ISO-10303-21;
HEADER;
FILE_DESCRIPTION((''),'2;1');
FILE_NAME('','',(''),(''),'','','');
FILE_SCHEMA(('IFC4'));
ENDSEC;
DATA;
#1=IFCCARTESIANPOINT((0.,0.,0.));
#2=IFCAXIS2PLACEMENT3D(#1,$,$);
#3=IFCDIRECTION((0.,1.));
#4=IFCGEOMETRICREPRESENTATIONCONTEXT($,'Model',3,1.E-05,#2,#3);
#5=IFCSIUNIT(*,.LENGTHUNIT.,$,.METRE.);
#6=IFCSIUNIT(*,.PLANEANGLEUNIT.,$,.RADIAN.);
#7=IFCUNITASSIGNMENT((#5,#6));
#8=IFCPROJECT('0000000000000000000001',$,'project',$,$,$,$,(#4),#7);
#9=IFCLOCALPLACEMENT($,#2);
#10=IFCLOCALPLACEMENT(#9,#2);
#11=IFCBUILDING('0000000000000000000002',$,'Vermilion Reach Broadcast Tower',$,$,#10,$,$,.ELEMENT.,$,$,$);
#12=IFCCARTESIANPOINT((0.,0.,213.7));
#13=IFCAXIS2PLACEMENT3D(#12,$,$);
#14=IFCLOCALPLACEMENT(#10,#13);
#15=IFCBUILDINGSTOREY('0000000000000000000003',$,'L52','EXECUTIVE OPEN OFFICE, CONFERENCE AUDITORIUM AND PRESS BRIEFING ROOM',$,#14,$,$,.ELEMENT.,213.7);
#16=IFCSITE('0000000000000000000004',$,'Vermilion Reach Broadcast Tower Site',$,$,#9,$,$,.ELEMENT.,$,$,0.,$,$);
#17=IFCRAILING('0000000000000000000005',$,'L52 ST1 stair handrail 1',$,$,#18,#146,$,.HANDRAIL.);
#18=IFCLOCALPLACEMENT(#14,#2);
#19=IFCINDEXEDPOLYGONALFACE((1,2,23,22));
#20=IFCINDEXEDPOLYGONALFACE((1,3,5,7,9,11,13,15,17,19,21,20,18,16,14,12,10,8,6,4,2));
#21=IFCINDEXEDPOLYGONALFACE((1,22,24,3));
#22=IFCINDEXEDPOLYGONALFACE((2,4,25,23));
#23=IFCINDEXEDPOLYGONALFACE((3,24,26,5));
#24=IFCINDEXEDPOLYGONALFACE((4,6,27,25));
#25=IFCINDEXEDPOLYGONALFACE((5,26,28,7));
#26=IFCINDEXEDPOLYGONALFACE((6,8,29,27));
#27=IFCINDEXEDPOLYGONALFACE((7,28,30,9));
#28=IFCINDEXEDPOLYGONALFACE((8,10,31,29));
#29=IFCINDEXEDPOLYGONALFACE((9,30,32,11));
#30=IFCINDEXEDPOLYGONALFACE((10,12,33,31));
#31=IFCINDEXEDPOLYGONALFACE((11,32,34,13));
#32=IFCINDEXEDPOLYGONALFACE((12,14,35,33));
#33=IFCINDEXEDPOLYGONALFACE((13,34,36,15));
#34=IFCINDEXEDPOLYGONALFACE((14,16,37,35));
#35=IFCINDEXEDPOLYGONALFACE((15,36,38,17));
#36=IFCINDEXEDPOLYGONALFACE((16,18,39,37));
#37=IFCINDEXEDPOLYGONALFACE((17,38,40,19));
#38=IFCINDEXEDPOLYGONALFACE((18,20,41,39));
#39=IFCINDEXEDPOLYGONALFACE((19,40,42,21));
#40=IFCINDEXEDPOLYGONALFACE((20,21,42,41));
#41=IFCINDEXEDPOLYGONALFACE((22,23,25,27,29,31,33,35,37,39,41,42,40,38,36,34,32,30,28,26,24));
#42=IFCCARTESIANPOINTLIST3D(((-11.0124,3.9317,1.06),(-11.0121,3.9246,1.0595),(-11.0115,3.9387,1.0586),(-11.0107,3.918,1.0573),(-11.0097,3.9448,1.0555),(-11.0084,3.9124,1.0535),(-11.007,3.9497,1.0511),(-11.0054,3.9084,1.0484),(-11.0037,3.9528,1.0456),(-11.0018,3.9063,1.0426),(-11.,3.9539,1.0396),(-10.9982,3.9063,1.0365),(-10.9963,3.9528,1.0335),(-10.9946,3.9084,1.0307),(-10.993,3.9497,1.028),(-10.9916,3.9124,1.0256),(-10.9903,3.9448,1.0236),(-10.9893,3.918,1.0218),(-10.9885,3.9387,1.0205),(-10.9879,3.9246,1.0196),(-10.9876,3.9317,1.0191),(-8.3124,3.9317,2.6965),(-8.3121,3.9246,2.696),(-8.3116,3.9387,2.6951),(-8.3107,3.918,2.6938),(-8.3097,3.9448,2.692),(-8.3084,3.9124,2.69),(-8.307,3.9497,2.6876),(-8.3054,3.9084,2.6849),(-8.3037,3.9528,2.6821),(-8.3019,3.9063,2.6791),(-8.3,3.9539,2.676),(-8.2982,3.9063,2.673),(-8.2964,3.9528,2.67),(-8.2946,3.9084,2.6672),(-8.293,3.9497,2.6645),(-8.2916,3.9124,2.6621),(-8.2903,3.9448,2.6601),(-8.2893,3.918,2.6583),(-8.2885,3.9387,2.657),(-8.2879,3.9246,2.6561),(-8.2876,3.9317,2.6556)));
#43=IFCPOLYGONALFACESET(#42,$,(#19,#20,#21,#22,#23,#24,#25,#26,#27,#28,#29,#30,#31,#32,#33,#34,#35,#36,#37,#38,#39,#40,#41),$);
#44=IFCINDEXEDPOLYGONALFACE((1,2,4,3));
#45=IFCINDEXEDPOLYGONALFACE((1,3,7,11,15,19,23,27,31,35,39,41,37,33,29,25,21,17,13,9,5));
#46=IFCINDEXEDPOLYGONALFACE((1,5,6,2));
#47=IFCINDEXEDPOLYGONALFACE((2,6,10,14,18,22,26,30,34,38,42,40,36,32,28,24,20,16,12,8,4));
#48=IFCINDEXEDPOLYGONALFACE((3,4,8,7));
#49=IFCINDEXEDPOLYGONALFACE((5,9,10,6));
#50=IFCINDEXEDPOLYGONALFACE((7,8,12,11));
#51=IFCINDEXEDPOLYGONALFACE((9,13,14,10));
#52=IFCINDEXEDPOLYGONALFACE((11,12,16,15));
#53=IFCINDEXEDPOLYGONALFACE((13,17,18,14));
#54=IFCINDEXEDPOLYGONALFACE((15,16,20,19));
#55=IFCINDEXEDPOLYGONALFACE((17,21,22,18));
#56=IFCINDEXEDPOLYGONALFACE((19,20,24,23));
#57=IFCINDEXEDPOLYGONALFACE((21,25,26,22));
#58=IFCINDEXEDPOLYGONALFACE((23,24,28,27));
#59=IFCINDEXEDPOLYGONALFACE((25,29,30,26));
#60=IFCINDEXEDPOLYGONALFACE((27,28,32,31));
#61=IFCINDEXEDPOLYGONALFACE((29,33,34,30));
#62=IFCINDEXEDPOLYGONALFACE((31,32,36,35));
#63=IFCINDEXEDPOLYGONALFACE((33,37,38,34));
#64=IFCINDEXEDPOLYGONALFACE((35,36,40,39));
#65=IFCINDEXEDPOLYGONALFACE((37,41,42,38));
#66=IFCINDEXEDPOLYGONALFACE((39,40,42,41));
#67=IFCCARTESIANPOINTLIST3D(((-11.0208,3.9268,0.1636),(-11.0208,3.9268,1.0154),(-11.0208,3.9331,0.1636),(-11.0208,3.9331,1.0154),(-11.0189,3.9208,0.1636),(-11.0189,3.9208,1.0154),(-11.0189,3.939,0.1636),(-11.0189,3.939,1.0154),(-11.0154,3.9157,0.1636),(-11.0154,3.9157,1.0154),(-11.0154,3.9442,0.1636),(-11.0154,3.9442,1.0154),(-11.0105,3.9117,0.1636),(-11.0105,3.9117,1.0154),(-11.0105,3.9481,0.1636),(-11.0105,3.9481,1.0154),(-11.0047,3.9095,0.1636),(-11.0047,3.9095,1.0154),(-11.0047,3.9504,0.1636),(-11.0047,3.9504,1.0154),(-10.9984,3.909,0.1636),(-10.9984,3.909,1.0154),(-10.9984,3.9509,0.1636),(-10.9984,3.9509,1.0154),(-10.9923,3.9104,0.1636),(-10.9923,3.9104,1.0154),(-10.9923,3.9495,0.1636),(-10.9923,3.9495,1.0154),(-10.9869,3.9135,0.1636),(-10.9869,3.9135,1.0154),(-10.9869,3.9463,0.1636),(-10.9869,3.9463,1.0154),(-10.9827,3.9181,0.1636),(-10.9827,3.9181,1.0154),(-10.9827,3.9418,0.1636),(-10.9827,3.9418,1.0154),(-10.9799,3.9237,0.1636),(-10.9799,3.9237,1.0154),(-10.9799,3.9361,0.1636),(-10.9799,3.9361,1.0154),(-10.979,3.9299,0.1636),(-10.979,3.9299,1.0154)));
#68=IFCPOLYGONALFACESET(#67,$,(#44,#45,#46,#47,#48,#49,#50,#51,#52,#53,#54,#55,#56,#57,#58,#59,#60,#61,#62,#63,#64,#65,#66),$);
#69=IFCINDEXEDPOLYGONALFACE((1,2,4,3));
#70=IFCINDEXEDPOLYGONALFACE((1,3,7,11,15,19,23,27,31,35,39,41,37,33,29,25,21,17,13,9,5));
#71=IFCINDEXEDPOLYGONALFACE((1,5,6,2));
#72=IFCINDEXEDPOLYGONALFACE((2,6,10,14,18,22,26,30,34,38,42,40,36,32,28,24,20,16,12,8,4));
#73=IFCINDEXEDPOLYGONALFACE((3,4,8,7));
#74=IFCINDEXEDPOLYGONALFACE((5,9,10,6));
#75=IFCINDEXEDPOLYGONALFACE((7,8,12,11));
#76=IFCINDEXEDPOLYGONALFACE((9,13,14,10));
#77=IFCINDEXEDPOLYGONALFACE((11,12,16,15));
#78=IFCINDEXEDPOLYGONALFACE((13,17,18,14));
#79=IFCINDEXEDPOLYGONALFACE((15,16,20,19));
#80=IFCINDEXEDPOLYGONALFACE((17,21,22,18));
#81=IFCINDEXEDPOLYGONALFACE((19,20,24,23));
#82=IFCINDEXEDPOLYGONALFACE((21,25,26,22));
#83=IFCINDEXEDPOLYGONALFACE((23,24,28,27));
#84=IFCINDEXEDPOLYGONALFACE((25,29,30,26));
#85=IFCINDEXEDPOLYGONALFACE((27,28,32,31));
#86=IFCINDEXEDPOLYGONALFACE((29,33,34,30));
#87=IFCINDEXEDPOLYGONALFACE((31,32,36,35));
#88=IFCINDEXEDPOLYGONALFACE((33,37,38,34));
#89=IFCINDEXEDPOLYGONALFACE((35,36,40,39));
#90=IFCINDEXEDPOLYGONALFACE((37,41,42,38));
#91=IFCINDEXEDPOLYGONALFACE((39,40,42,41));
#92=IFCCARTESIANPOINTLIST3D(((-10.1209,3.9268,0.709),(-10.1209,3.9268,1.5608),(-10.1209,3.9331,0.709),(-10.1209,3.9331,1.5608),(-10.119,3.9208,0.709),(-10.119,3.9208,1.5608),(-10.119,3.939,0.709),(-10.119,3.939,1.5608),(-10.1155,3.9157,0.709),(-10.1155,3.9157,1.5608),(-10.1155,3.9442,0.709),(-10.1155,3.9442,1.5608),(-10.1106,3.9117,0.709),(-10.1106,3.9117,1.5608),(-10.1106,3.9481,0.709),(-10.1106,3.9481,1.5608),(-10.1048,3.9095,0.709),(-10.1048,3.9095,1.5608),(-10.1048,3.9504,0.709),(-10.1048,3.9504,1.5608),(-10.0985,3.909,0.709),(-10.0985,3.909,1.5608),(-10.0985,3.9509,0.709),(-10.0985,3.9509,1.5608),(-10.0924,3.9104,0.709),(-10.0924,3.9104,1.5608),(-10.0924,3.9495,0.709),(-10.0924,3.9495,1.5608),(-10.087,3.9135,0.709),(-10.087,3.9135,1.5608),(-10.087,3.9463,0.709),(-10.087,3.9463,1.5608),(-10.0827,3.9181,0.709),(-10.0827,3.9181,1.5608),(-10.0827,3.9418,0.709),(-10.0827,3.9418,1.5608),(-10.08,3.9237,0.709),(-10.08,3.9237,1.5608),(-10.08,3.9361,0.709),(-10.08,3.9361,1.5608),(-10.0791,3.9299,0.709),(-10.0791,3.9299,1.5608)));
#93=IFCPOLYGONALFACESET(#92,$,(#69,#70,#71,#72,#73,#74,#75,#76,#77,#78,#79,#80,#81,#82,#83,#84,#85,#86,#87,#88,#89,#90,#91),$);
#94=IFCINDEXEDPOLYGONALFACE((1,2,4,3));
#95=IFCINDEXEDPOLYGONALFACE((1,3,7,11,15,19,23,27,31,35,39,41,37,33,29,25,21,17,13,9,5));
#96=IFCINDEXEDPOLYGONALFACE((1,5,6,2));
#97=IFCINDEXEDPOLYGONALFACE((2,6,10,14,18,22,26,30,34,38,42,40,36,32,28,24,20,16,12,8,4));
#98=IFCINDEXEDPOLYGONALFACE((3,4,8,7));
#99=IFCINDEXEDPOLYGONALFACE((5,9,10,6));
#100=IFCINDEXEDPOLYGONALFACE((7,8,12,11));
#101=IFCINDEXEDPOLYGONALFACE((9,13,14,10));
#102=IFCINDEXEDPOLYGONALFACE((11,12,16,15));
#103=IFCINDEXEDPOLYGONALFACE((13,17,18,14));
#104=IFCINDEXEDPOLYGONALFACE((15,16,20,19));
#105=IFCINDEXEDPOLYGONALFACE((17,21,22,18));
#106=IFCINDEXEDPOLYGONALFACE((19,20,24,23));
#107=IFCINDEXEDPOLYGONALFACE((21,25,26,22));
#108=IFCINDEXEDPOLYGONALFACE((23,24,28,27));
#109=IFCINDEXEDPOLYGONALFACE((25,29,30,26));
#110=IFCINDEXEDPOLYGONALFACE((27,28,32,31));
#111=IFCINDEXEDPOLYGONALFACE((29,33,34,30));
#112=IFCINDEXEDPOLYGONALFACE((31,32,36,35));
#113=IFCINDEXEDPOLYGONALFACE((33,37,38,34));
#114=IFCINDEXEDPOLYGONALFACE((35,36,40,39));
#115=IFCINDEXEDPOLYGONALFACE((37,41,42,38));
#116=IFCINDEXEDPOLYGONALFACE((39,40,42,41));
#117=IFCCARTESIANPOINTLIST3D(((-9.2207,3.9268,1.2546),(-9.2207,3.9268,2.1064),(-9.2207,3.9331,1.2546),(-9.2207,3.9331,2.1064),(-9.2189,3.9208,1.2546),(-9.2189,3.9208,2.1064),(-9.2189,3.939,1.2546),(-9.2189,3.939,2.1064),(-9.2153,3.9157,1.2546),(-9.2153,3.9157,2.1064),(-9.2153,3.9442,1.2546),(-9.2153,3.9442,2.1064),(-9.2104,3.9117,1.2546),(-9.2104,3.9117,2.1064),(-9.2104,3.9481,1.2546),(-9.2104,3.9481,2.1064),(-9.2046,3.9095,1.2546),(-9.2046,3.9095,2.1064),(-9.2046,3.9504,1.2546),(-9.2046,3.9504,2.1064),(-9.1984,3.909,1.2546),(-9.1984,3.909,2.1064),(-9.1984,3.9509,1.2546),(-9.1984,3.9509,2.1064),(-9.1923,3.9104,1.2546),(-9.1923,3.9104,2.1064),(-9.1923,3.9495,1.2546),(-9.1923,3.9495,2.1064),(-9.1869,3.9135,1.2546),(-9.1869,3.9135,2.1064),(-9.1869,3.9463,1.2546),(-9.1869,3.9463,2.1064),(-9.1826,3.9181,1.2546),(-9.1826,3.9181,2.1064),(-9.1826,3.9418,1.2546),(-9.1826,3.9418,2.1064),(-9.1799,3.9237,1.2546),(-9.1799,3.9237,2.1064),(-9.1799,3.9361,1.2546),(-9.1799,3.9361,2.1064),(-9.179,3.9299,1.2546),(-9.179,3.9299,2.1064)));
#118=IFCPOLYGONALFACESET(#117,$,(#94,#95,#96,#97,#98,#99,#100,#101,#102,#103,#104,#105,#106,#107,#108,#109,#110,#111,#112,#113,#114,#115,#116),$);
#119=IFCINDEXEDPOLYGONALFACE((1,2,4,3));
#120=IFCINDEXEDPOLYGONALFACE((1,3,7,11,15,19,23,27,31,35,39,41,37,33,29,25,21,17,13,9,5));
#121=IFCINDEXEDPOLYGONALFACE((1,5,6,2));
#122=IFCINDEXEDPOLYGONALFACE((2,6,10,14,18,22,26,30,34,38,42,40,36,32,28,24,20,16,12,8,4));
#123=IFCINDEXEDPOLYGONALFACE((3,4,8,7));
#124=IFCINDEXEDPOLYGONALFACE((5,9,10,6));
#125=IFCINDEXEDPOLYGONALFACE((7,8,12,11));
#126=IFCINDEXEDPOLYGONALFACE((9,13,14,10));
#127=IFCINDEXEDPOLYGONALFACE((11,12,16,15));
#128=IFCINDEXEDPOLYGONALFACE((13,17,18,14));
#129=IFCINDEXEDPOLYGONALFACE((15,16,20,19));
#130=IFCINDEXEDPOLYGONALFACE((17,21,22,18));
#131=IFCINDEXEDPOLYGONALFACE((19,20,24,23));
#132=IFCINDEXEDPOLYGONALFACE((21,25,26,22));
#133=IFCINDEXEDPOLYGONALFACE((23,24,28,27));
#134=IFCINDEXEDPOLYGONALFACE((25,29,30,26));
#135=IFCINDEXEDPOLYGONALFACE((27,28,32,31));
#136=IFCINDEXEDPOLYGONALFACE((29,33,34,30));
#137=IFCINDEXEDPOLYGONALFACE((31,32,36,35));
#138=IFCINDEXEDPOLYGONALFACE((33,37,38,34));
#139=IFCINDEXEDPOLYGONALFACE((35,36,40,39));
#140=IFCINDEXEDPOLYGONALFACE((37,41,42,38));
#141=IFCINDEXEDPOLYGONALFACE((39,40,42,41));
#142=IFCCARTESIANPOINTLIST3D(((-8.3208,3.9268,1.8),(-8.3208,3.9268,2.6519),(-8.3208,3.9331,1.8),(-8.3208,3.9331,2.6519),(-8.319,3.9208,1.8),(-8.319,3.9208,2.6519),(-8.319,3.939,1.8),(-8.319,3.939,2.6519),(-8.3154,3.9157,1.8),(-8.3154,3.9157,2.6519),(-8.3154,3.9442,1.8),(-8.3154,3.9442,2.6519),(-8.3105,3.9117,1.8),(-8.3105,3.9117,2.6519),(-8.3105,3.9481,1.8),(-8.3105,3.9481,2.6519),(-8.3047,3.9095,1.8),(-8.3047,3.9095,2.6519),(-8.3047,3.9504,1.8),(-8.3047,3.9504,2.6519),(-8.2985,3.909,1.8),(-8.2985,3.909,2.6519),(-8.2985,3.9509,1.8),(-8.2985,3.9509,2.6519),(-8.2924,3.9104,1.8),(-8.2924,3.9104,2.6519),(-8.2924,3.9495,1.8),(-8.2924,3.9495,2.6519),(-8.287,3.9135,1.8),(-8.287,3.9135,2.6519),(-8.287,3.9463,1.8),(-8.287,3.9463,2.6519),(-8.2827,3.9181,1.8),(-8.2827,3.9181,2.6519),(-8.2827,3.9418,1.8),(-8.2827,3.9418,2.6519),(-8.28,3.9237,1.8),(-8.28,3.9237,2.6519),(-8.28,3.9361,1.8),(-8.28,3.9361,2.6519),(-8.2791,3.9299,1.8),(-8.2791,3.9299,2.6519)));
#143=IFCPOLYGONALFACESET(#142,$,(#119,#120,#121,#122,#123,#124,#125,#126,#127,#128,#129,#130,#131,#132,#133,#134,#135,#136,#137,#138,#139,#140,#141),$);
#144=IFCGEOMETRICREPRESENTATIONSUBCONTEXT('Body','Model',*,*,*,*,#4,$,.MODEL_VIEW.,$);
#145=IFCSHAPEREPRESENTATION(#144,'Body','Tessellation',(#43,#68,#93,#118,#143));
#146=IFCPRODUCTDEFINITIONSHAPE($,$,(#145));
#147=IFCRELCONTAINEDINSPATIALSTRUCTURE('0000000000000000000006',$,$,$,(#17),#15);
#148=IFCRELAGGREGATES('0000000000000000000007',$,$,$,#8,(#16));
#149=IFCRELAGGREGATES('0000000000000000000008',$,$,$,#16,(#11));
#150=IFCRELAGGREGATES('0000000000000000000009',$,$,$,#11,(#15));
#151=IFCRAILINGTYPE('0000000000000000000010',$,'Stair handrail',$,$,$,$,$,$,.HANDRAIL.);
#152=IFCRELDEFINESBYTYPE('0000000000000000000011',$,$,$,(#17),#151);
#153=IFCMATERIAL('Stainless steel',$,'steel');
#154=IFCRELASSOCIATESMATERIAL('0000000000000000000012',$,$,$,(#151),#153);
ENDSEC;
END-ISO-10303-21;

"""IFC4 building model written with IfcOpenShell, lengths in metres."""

from ifc_helpers import new_model, si_unit, direction, frame, origin, origin_2d, place, context, subcontext, project, spatial, circle, extrude, material, type_object, element, save


model = new_model("IFC4")

# Units and contexts
model_context = context("Model", 3, precision=1e-05, world=origin(), true_north=direction((0.0, 1.0)))
body_context = subcontext(model_context, "Body", "Model", "MODEL_VIEW")
ifc_project = project(units=[si_unit("LENGTHUNIT", "METRE"), si_unit("PLANEANGLEUNIT", "RADIAN")], contexts=[model_context])

# Site, building, storey
site_placement = place(None, origin())
site = spatial("IfcSite", under=ifc_project, at=site_placement, Name="Vermilion Reach Broadcast Tower Site", CompositionType="ELEMENT", RefElevation=0.0)
building_placement = place(site_placement, origin())
building = spatial("IfcBuilding", under=site, at=building_placement, Name="Vermilion Reach Broadcast Tower", CompositionType="ELEMENT")
storey_placement = place(building_placement, frame((0.0, 0.0, 213.7)))
storey = spatial("IfcBuildingStorey", under=building, at=storey_placement, Name="L52", Description="EXECUTIVE OPEN OFFICE, CONFERENCE AUDITORIUM AND PRESS BRIEFING ROOM", CompositionType="ELEMENT", Elevation=213.7)

# Railing
ifc_material_1 = material(Name="Stainless steel", Category="steel")
railing_type_1 = type_object("IfcRailingType", Name="Stair handrail", PredefinedType="HANDRAIL", material=ifc_material_1)
railing_1_placement = place(storey_placement, frame((-11.0, 3.9299, 0.1636)))
element("IfcRailing", 1, at=railing_1_placement, inside=storey, type_object=railing_type_1, Name="L52 ST1 stair handrail 1", PredefinedType="HANDRAIL", context=body_context, shape_type="SweptSolid", body=[
    extrude(circle(Radius=0.0239, at=origin_2d()), frame((0.0, 0.0, 0.876), z_axis=(0.855178, 0.0, 0.518334), x_axis=(0.0, 1.0, 0.0)), (0.0, 0.0, 1.0), 3.1572),
    extrude(circle(Radius=0.021, at=origin_2d()), origin(), (0.0, 0.0, 1.0), 0.8518),
    extrude(circle(Radius=0.021, at=origin_2d()), frame((0.8999, 0.0, 0.5454)), (0.0, 0.0, 1.0), 0.8518),
    extrude(circle(Radius=0.021, at=origin_2d()), frame((1.8, 0.0, 1.0911)), (0.0, 0.0, 1.0), 0.8518),
    extrude(circle(Radius=0.021, at=origin_2d()), frame((2.7, 0.0, 1.6365)), (0.0, 0.0, 1.0), 0.8518),
])

save(model, "model.ifc")
